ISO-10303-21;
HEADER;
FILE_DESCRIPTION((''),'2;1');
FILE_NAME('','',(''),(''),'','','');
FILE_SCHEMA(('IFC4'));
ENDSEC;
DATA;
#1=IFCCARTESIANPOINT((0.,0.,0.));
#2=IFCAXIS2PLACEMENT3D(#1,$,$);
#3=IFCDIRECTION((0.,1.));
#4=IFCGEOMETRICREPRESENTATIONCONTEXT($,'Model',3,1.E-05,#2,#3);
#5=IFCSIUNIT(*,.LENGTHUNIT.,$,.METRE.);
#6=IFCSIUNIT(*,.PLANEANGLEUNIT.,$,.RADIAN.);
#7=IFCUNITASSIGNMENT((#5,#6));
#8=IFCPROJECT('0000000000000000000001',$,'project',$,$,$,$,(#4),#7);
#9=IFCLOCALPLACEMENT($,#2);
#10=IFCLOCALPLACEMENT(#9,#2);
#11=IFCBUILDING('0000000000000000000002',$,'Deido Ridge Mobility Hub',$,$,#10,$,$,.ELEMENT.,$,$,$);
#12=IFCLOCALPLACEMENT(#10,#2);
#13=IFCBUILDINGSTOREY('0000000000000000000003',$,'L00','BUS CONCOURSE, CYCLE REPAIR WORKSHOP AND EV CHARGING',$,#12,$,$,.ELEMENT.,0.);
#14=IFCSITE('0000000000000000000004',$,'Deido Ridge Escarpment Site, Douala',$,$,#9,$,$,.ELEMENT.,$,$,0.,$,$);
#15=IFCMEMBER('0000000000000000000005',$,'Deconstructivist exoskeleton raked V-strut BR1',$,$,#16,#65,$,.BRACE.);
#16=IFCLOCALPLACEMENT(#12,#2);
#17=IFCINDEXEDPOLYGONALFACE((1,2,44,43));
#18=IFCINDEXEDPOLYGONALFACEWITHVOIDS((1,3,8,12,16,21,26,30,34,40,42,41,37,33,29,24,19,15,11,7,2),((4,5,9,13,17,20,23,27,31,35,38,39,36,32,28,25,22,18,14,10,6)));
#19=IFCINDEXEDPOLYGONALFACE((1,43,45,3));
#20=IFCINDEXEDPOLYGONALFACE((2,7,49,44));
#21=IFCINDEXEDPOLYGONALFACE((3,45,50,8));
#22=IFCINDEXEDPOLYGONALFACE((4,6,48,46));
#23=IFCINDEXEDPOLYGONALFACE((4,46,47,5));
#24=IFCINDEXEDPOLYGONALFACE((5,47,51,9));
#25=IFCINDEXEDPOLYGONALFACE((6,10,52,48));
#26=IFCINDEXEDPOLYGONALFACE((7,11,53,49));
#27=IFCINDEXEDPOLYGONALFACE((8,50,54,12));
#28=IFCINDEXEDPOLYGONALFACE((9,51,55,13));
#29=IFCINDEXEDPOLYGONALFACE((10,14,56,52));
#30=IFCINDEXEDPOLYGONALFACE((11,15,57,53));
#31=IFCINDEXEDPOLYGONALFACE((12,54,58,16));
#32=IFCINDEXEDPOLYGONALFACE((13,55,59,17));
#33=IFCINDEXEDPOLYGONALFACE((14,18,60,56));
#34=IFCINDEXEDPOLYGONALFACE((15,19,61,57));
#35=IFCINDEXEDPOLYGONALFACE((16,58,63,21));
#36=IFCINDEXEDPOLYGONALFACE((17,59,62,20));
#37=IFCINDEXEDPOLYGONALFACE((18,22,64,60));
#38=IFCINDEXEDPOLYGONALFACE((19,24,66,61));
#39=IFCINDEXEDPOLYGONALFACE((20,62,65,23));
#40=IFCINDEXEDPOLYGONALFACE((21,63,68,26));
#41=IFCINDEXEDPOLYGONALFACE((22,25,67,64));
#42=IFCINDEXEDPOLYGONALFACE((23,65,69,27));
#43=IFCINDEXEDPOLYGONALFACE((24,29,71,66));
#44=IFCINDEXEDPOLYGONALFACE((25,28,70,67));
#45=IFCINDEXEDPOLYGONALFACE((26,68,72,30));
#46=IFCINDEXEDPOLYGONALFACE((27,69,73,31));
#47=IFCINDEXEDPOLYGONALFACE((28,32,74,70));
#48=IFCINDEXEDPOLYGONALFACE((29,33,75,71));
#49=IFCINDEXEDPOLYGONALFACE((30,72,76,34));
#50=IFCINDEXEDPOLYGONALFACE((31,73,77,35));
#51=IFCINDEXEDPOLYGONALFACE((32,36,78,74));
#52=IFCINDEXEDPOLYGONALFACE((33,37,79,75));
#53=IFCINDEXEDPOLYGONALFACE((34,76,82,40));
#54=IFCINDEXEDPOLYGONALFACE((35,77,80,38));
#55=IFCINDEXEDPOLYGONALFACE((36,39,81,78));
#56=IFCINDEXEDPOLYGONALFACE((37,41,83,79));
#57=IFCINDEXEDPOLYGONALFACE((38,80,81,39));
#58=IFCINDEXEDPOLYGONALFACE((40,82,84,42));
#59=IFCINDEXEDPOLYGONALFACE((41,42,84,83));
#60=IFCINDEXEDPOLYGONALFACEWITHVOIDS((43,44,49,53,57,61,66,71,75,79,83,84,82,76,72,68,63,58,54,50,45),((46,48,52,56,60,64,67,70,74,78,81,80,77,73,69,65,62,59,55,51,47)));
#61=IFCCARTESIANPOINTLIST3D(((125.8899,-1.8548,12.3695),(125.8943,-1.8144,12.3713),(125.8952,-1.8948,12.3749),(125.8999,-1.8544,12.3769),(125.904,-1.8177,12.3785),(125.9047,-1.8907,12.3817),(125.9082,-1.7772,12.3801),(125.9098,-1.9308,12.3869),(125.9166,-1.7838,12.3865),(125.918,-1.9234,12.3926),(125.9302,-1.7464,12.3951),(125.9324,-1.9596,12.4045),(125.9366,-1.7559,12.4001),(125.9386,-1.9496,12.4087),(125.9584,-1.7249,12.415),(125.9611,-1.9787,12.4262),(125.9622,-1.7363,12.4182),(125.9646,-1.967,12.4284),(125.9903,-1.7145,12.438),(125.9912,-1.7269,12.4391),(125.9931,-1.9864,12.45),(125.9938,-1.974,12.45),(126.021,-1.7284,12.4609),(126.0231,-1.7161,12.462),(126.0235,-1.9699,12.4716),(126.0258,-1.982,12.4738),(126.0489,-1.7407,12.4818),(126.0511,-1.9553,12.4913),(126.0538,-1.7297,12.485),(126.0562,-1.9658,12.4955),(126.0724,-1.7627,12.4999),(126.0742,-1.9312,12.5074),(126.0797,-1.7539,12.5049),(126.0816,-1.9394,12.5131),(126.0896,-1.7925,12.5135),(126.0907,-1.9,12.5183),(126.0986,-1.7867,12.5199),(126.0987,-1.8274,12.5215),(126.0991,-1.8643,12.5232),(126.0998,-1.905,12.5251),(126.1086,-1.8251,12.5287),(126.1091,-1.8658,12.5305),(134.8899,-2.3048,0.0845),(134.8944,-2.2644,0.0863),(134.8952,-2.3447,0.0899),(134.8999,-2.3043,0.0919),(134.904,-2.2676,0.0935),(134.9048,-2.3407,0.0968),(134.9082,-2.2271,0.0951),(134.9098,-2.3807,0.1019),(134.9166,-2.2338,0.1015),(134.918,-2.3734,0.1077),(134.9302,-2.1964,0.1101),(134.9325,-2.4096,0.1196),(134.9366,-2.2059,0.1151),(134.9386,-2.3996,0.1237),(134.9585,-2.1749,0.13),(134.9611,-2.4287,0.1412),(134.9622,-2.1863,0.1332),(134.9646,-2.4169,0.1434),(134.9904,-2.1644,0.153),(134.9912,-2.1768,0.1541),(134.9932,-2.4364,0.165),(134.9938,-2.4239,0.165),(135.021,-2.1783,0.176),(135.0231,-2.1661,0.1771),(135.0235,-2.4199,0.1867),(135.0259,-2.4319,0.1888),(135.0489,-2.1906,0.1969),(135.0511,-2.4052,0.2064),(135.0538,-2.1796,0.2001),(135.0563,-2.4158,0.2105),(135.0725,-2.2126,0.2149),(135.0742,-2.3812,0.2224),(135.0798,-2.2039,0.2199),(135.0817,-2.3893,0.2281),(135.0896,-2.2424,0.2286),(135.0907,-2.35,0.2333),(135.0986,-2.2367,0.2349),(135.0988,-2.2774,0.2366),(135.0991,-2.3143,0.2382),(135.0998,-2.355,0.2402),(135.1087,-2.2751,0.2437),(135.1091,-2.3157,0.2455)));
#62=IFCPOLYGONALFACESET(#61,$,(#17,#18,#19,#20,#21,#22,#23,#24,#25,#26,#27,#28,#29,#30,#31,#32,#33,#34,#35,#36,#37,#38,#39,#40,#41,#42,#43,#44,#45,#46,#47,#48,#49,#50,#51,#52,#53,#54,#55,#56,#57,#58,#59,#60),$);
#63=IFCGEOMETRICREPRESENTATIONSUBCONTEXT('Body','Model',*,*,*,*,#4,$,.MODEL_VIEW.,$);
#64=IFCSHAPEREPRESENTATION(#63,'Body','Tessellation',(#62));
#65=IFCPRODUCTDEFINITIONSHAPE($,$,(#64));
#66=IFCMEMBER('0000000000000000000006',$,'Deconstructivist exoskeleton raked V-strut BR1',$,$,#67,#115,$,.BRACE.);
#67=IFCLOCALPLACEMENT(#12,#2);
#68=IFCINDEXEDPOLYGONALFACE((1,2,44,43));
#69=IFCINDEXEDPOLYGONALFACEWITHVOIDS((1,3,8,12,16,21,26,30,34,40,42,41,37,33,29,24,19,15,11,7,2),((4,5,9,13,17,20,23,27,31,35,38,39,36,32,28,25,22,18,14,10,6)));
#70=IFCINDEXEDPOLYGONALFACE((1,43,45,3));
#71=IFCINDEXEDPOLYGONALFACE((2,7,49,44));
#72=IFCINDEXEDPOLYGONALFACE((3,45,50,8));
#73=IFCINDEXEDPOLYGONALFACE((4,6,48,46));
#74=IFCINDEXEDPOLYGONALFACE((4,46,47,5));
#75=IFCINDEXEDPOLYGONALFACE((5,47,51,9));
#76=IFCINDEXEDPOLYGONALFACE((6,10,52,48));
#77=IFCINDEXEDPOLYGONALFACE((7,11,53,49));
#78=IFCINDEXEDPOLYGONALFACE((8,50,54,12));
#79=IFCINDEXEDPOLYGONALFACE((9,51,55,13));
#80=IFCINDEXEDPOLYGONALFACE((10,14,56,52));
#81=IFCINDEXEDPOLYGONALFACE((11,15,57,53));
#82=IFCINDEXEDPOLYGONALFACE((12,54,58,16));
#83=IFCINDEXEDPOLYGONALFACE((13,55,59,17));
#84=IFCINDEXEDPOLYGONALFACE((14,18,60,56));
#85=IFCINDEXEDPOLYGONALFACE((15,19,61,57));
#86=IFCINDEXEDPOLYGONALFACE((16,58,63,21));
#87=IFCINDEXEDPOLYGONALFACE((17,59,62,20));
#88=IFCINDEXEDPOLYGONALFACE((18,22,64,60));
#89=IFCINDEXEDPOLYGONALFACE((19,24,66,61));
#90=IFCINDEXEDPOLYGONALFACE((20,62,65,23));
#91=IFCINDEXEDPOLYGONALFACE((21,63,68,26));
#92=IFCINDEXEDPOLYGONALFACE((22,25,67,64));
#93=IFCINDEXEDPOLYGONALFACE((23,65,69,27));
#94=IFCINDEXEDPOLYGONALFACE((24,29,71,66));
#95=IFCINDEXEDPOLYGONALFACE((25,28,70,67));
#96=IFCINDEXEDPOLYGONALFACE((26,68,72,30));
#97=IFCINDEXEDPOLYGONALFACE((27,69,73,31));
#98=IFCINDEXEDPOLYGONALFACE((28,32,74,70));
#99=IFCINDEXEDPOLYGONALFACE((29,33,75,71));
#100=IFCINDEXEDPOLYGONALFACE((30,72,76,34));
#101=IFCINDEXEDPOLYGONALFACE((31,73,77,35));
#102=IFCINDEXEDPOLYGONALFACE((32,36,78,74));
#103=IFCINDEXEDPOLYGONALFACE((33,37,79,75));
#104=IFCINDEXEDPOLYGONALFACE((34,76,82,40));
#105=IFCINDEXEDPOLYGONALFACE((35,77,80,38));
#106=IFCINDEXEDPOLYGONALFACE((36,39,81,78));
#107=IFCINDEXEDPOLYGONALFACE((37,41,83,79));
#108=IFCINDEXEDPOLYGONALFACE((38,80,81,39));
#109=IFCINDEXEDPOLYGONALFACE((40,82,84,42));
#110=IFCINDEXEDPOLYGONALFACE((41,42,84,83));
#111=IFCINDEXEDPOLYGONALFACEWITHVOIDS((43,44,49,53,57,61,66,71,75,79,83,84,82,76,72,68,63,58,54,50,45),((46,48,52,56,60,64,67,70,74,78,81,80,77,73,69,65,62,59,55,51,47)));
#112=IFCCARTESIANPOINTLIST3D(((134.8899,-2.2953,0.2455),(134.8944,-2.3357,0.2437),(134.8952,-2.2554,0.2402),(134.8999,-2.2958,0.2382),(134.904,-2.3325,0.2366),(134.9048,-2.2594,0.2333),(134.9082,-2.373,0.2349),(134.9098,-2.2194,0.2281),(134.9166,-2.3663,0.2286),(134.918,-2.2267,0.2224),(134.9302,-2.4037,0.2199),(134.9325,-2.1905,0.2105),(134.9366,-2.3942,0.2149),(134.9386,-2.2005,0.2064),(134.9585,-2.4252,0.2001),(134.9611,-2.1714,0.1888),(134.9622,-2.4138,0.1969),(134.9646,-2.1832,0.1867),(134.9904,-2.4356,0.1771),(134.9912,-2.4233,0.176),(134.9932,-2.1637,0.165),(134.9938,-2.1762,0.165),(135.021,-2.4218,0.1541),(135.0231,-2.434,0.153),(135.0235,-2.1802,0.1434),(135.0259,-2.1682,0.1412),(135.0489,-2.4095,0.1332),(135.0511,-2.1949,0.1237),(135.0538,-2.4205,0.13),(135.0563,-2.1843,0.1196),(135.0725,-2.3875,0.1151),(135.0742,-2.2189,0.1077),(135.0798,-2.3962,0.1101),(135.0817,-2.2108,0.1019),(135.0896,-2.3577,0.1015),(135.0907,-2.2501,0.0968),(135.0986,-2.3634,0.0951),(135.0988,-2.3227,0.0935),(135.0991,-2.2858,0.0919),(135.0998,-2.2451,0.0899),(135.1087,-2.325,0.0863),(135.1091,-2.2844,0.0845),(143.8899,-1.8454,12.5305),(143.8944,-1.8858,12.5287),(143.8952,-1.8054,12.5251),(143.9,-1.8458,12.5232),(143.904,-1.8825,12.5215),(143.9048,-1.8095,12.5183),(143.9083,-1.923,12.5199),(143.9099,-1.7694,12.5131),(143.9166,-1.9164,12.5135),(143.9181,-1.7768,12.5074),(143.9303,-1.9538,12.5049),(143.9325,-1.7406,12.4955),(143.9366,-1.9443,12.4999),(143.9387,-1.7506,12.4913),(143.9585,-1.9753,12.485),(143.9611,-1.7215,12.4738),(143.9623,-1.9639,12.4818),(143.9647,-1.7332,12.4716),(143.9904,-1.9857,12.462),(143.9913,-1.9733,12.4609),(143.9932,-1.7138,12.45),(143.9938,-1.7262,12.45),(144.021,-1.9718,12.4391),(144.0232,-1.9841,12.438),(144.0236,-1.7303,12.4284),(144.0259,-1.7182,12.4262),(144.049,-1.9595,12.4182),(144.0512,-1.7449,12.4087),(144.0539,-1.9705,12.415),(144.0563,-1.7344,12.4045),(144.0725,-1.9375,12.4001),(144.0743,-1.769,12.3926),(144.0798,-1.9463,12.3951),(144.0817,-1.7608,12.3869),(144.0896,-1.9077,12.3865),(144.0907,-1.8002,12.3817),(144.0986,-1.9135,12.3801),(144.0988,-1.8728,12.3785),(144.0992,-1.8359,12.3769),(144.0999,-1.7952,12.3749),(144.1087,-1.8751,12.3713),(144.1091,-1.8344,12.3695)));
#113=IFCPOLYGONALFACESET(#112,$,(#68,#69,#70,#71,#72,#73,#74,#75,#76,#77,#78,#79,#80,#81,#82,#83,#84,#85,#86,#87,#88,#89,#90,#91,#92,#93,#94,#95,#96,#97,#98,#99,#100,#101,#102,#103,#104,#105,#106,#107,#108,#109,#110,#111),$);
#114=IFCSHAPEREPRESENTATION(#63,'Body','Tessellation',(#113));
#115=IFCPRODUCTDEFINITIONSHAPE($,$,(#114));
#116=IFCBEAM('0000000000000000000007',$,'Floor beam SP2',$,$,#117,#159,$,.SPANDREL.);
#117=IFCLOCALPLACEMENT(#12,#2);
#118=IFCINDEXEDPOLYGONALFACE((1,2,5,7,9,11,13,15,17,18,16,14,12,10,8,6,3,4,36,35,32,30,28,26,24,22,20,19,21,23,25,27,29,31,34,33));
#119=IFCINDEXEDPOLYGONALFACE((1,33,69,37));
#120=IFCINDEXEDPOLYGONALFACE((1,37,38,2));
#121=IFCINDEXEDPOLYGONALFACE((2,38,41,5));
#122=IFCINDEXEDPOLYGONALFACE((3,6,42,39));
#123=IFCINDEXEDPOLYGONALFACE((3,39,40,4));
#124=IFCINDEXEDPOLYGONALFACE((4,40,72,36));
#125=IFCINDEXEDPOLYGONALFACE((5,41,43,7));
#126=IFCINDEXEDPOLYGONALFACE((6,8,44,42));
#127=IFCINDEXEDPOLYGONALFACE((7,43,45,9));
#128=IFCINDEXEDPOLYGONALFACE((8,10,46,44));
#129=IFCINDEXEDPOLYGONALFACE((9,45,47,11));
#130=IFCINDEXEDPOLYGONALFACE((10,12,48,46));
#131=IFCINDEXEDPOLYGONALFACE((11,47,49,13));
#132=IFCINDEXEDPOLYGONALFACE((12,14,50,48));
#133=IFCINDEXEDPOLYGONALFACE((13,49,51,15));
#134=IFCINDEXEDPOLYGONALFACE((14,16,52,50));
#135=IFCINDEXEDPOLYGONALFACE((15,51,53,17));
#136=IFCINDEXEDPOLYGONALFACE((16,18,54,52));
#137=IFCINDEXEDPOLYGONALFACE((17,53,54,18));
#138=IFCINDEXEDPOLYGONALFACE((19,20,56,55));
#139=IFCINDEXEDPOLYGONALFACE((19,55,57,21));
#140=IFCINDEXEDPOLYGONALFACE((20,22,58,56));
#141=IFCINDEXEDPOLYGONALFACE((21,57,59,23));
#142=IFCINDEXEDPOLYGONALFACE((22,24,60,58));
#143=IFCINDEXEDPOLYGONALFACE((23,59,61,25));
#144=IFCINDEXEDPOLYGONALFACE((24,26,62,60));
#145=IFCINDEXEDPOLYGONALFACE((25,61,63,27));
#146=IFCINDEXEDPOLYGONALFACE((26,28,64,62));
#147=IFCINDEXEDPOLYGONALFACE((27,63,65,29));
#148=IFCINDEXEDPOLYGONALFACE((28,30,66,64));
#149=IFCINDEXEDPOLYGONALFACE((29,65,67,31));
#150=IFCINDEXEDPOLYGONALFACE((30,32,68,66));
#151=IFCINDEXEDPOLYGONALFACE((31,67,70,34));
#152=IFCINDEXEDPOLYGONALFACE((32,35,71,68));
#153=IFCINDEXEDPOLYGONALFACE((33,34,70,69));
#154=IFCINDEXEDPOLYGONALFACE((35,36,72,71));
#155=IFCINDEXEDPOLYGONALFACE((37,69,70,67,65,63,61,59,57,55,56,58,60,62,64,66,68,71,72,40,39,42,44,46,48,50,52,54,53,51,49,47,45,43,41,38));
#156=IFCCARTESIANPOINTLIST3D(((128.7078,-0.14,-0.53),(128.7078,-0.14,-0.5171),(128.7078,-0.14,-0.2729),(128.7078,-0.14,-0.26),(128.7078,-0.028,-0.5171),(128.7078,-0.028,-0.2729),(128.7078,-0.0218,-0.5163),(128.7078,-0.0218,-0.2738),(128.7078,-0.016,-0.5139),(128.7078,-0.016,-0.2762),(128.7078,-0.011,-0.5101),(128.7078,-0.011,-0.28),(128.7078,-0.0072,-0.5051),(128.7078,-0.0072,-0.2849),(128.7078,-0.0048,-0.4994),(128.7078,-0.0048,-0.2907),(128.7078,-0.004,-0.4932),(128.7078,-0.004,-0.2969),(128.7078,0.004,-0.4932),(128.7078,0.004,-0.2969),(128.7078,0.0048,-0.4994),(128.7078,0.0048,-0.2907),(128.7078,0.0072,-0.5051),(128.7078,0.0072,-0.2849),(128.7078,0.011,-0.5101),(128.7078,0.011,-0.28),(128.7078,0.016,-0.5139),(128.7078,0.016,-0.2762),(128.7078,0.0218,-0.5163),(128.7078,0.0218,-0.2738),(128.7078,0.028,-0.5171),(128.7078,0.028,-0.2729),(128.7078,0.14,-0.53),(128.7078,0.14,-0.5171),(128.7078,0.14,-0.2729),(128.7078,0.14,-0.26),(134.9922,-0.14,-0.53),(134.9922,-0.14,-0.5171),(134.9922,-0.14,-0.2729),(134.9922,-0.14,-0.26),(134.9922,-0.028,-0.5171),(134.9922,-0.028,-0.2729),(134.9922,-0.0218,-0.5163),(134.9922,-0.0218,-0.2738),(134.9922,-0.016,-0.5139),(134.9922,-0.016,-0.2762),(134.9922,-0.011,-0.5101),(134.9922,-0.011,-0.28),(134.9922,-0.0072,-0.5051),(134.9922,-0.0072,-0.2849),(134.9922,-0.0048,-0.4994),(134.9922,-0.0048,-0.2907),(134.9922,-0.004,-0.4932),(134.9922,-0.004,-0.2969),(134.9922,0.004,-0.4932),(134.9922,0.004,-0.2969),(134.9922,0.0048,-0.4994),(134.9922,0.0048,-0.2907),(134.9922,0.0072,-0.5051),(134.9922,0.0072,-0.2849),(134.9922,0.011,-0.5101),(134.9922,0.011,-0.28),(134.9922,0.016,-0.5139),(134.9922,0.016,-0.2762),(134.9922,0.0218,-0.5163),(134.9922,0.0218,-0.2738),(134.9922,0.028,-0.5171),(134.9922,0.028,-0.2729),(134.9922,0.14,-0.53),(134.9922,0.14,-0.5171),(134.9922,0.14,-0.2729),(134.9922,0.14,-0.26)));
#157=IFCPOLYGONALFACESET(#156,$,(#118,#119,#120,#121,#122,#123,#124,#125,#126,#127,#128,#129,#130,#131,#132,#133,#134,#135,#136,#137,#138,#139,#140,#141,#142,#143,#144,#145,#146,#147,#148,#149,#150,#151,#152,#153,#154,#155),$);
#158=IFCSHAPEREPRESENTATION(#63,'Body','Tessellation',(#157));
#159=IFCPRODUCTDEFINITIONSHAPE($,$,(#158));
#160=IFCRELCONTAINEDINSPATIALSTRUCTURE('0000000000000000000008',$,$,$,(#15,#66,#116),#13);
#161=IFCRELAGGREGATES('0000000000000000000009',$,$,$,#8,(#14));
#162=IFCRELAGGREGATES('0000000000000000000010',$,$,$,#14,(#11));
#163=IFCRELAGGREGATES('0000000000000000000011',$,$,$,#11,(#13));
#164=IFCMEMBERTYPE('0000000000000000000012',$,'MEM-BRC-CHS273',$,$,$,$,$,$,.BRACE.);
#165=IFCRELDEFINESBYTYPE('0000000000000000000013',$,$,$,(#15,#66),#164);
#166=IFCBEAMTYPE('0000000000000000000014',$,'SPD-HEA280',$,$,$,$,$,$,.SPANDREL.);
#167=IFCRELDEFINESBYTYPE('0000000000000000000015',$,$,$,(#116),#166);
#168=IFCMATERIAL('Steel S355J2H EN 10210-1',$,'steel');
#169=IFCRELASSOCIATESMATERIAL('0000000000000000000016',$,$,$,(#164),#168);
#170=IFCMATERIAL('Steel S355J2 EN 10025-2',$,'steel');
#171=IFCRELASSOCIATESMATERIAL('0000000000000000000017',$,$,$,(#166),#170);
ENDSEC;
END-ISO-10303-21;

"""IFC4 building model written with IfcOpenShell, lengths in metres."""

from ifc_helpers import new_model, si_unit, direction, frame, origin, origin_2d, place, context, subcontext, project, spatial, hollow_circle, i_section, extrude, material, material_profile, profile_set, type_object, element, save


model = new_model("IFC4")

# Units and contexts
model_context = context("Model", 3, precision=1e-05, world=origin(), true_north=direction((0.0, 1.0)))
body_context = subcontext(model_context, "Body", "Model", "MODEL_VIEW")
ifc_project = project(units=[si_unit("LENGTHUNIT", "METRE"), si_unit("PLANEANGLEUNIT", "RADIAN")], contexts=[model_context])

# Site, building, storey
site_placement = place(None, origin())
site = spatial("IfcSite", under=ifc_project, at=site_placement, Name="Deido Ridge Escarpment Site, Douala", CompositionType="ELEMENT", RefElevation=0.0)
building_placement = place(site_placement, origin())
building = spatial("IfcBuilding", under=site, at=building_placement, Name="Deido Ridge Mobility Hub", CompositionType="ELEMENT")
storey_placement = place(building_placement, origin())
storey = spatial("IfcBuildingStorey", under=building, at=storey_placement, Name="L00", Description="BUS CONCOURSE, CYCLE REPAIR WORKSHOP AND EV CHARGING", CompositionType="ELEMENT", Elevation=0.0)

# Shared definitions
ifc_material_1 = material(Name="Steel S355J2 EN 10025-2", Category="steel")

# Members
ifc_material_2 = material(Name="Steel S355J2H EN 10210-1", Category="steel")
ifc_material_profile_1 = material_profile(ifc_material_2, hollow_circle(Radius=0.1365, WallThickness=0.0125, at=origin_2d()), Name="CHS 273x12.5")
ifc_profile_set_1 = profile_set([ifc_material_profile_1], Name="Steel S355J2H EN 10210-1")
member_type = type_object("IfcMemberType", Name="MEM-BRC-CHS273", PredefinedType="BRACE", material=ifc_profile_set_1)
for number, where, z_axis, x_axis, name in (
    (1, (135.0, -2.3, 0.165), (-0.590724, 0.029533, 0.806333), (-0.049932, -0.998753, 0.0), "Deconstructivist exoskeleton raked V-strut BR1"),
    (2, (135.0, -2.3, 0.165), (0.590724, 0.029533, 0.806333), (-0.049932, 0.998753, 0.0), "Deconstructivist exoskeleton raked V-strut BR1"),
):
    element("IfcMember", number, at=place(storey_placement, frame(where, z_axis=z_axis, x_axis=x_axis)), inside=storey, type_object=member_type, Name=name, PredefinedType="BRACE", context=body_context, shape_type="SweptSolid", body=[
        extrude(hollow_circle(Radius=0.1365, WallThickness=0.0125, at=origin_2d()), origin(), (0.0, 0.0, 1.0), 15.2356),
    ])

# Beam
ifc_material_profile_2 = material_profile(ifc_material_1, i_section(OverallWidth=0.28, OverallDepth=0.27, WebThickness=0.0081, FlangeThickness=0.0129, FilletRadius=0.0239, at=origin_2d()), Name="HEA 280")
ifc_profile_set_2 = profile_set([ifc_material_profile_2], Name="Steel S355J2 EN 10025-2")
beam_type_1 = type_object("IfcBeamType", Name="SPD-HEA280", PredefinedType="SPANDREL", material=ifc_profile_set_2)
beam_1_placement = place(storey_placement, frame((128.7078, 0.0, -0.395), z_axis=(1.0, 0.0, 0.0), x_axis=(0.0, 1.0, 0.0)))
element("IfcBeam", 3, at=beam_1_placement, inside=storey, type_object=beam_type_1, Name="Floor beam SP2", PredefinedType="SPANDREL", context=body_context, shape_type="SweptSolid", body=[
    extrude(i_section(OverallWidth=0.28, OverallDepth=0.27, WebThickness=0.0081, FlangeThickness=0.0129, FilletRadius=0.0239, at=origin_2d()), origin(), (0.0, 0.0, 1.0), 6.2844),
])

save(model, "model.ifc")
